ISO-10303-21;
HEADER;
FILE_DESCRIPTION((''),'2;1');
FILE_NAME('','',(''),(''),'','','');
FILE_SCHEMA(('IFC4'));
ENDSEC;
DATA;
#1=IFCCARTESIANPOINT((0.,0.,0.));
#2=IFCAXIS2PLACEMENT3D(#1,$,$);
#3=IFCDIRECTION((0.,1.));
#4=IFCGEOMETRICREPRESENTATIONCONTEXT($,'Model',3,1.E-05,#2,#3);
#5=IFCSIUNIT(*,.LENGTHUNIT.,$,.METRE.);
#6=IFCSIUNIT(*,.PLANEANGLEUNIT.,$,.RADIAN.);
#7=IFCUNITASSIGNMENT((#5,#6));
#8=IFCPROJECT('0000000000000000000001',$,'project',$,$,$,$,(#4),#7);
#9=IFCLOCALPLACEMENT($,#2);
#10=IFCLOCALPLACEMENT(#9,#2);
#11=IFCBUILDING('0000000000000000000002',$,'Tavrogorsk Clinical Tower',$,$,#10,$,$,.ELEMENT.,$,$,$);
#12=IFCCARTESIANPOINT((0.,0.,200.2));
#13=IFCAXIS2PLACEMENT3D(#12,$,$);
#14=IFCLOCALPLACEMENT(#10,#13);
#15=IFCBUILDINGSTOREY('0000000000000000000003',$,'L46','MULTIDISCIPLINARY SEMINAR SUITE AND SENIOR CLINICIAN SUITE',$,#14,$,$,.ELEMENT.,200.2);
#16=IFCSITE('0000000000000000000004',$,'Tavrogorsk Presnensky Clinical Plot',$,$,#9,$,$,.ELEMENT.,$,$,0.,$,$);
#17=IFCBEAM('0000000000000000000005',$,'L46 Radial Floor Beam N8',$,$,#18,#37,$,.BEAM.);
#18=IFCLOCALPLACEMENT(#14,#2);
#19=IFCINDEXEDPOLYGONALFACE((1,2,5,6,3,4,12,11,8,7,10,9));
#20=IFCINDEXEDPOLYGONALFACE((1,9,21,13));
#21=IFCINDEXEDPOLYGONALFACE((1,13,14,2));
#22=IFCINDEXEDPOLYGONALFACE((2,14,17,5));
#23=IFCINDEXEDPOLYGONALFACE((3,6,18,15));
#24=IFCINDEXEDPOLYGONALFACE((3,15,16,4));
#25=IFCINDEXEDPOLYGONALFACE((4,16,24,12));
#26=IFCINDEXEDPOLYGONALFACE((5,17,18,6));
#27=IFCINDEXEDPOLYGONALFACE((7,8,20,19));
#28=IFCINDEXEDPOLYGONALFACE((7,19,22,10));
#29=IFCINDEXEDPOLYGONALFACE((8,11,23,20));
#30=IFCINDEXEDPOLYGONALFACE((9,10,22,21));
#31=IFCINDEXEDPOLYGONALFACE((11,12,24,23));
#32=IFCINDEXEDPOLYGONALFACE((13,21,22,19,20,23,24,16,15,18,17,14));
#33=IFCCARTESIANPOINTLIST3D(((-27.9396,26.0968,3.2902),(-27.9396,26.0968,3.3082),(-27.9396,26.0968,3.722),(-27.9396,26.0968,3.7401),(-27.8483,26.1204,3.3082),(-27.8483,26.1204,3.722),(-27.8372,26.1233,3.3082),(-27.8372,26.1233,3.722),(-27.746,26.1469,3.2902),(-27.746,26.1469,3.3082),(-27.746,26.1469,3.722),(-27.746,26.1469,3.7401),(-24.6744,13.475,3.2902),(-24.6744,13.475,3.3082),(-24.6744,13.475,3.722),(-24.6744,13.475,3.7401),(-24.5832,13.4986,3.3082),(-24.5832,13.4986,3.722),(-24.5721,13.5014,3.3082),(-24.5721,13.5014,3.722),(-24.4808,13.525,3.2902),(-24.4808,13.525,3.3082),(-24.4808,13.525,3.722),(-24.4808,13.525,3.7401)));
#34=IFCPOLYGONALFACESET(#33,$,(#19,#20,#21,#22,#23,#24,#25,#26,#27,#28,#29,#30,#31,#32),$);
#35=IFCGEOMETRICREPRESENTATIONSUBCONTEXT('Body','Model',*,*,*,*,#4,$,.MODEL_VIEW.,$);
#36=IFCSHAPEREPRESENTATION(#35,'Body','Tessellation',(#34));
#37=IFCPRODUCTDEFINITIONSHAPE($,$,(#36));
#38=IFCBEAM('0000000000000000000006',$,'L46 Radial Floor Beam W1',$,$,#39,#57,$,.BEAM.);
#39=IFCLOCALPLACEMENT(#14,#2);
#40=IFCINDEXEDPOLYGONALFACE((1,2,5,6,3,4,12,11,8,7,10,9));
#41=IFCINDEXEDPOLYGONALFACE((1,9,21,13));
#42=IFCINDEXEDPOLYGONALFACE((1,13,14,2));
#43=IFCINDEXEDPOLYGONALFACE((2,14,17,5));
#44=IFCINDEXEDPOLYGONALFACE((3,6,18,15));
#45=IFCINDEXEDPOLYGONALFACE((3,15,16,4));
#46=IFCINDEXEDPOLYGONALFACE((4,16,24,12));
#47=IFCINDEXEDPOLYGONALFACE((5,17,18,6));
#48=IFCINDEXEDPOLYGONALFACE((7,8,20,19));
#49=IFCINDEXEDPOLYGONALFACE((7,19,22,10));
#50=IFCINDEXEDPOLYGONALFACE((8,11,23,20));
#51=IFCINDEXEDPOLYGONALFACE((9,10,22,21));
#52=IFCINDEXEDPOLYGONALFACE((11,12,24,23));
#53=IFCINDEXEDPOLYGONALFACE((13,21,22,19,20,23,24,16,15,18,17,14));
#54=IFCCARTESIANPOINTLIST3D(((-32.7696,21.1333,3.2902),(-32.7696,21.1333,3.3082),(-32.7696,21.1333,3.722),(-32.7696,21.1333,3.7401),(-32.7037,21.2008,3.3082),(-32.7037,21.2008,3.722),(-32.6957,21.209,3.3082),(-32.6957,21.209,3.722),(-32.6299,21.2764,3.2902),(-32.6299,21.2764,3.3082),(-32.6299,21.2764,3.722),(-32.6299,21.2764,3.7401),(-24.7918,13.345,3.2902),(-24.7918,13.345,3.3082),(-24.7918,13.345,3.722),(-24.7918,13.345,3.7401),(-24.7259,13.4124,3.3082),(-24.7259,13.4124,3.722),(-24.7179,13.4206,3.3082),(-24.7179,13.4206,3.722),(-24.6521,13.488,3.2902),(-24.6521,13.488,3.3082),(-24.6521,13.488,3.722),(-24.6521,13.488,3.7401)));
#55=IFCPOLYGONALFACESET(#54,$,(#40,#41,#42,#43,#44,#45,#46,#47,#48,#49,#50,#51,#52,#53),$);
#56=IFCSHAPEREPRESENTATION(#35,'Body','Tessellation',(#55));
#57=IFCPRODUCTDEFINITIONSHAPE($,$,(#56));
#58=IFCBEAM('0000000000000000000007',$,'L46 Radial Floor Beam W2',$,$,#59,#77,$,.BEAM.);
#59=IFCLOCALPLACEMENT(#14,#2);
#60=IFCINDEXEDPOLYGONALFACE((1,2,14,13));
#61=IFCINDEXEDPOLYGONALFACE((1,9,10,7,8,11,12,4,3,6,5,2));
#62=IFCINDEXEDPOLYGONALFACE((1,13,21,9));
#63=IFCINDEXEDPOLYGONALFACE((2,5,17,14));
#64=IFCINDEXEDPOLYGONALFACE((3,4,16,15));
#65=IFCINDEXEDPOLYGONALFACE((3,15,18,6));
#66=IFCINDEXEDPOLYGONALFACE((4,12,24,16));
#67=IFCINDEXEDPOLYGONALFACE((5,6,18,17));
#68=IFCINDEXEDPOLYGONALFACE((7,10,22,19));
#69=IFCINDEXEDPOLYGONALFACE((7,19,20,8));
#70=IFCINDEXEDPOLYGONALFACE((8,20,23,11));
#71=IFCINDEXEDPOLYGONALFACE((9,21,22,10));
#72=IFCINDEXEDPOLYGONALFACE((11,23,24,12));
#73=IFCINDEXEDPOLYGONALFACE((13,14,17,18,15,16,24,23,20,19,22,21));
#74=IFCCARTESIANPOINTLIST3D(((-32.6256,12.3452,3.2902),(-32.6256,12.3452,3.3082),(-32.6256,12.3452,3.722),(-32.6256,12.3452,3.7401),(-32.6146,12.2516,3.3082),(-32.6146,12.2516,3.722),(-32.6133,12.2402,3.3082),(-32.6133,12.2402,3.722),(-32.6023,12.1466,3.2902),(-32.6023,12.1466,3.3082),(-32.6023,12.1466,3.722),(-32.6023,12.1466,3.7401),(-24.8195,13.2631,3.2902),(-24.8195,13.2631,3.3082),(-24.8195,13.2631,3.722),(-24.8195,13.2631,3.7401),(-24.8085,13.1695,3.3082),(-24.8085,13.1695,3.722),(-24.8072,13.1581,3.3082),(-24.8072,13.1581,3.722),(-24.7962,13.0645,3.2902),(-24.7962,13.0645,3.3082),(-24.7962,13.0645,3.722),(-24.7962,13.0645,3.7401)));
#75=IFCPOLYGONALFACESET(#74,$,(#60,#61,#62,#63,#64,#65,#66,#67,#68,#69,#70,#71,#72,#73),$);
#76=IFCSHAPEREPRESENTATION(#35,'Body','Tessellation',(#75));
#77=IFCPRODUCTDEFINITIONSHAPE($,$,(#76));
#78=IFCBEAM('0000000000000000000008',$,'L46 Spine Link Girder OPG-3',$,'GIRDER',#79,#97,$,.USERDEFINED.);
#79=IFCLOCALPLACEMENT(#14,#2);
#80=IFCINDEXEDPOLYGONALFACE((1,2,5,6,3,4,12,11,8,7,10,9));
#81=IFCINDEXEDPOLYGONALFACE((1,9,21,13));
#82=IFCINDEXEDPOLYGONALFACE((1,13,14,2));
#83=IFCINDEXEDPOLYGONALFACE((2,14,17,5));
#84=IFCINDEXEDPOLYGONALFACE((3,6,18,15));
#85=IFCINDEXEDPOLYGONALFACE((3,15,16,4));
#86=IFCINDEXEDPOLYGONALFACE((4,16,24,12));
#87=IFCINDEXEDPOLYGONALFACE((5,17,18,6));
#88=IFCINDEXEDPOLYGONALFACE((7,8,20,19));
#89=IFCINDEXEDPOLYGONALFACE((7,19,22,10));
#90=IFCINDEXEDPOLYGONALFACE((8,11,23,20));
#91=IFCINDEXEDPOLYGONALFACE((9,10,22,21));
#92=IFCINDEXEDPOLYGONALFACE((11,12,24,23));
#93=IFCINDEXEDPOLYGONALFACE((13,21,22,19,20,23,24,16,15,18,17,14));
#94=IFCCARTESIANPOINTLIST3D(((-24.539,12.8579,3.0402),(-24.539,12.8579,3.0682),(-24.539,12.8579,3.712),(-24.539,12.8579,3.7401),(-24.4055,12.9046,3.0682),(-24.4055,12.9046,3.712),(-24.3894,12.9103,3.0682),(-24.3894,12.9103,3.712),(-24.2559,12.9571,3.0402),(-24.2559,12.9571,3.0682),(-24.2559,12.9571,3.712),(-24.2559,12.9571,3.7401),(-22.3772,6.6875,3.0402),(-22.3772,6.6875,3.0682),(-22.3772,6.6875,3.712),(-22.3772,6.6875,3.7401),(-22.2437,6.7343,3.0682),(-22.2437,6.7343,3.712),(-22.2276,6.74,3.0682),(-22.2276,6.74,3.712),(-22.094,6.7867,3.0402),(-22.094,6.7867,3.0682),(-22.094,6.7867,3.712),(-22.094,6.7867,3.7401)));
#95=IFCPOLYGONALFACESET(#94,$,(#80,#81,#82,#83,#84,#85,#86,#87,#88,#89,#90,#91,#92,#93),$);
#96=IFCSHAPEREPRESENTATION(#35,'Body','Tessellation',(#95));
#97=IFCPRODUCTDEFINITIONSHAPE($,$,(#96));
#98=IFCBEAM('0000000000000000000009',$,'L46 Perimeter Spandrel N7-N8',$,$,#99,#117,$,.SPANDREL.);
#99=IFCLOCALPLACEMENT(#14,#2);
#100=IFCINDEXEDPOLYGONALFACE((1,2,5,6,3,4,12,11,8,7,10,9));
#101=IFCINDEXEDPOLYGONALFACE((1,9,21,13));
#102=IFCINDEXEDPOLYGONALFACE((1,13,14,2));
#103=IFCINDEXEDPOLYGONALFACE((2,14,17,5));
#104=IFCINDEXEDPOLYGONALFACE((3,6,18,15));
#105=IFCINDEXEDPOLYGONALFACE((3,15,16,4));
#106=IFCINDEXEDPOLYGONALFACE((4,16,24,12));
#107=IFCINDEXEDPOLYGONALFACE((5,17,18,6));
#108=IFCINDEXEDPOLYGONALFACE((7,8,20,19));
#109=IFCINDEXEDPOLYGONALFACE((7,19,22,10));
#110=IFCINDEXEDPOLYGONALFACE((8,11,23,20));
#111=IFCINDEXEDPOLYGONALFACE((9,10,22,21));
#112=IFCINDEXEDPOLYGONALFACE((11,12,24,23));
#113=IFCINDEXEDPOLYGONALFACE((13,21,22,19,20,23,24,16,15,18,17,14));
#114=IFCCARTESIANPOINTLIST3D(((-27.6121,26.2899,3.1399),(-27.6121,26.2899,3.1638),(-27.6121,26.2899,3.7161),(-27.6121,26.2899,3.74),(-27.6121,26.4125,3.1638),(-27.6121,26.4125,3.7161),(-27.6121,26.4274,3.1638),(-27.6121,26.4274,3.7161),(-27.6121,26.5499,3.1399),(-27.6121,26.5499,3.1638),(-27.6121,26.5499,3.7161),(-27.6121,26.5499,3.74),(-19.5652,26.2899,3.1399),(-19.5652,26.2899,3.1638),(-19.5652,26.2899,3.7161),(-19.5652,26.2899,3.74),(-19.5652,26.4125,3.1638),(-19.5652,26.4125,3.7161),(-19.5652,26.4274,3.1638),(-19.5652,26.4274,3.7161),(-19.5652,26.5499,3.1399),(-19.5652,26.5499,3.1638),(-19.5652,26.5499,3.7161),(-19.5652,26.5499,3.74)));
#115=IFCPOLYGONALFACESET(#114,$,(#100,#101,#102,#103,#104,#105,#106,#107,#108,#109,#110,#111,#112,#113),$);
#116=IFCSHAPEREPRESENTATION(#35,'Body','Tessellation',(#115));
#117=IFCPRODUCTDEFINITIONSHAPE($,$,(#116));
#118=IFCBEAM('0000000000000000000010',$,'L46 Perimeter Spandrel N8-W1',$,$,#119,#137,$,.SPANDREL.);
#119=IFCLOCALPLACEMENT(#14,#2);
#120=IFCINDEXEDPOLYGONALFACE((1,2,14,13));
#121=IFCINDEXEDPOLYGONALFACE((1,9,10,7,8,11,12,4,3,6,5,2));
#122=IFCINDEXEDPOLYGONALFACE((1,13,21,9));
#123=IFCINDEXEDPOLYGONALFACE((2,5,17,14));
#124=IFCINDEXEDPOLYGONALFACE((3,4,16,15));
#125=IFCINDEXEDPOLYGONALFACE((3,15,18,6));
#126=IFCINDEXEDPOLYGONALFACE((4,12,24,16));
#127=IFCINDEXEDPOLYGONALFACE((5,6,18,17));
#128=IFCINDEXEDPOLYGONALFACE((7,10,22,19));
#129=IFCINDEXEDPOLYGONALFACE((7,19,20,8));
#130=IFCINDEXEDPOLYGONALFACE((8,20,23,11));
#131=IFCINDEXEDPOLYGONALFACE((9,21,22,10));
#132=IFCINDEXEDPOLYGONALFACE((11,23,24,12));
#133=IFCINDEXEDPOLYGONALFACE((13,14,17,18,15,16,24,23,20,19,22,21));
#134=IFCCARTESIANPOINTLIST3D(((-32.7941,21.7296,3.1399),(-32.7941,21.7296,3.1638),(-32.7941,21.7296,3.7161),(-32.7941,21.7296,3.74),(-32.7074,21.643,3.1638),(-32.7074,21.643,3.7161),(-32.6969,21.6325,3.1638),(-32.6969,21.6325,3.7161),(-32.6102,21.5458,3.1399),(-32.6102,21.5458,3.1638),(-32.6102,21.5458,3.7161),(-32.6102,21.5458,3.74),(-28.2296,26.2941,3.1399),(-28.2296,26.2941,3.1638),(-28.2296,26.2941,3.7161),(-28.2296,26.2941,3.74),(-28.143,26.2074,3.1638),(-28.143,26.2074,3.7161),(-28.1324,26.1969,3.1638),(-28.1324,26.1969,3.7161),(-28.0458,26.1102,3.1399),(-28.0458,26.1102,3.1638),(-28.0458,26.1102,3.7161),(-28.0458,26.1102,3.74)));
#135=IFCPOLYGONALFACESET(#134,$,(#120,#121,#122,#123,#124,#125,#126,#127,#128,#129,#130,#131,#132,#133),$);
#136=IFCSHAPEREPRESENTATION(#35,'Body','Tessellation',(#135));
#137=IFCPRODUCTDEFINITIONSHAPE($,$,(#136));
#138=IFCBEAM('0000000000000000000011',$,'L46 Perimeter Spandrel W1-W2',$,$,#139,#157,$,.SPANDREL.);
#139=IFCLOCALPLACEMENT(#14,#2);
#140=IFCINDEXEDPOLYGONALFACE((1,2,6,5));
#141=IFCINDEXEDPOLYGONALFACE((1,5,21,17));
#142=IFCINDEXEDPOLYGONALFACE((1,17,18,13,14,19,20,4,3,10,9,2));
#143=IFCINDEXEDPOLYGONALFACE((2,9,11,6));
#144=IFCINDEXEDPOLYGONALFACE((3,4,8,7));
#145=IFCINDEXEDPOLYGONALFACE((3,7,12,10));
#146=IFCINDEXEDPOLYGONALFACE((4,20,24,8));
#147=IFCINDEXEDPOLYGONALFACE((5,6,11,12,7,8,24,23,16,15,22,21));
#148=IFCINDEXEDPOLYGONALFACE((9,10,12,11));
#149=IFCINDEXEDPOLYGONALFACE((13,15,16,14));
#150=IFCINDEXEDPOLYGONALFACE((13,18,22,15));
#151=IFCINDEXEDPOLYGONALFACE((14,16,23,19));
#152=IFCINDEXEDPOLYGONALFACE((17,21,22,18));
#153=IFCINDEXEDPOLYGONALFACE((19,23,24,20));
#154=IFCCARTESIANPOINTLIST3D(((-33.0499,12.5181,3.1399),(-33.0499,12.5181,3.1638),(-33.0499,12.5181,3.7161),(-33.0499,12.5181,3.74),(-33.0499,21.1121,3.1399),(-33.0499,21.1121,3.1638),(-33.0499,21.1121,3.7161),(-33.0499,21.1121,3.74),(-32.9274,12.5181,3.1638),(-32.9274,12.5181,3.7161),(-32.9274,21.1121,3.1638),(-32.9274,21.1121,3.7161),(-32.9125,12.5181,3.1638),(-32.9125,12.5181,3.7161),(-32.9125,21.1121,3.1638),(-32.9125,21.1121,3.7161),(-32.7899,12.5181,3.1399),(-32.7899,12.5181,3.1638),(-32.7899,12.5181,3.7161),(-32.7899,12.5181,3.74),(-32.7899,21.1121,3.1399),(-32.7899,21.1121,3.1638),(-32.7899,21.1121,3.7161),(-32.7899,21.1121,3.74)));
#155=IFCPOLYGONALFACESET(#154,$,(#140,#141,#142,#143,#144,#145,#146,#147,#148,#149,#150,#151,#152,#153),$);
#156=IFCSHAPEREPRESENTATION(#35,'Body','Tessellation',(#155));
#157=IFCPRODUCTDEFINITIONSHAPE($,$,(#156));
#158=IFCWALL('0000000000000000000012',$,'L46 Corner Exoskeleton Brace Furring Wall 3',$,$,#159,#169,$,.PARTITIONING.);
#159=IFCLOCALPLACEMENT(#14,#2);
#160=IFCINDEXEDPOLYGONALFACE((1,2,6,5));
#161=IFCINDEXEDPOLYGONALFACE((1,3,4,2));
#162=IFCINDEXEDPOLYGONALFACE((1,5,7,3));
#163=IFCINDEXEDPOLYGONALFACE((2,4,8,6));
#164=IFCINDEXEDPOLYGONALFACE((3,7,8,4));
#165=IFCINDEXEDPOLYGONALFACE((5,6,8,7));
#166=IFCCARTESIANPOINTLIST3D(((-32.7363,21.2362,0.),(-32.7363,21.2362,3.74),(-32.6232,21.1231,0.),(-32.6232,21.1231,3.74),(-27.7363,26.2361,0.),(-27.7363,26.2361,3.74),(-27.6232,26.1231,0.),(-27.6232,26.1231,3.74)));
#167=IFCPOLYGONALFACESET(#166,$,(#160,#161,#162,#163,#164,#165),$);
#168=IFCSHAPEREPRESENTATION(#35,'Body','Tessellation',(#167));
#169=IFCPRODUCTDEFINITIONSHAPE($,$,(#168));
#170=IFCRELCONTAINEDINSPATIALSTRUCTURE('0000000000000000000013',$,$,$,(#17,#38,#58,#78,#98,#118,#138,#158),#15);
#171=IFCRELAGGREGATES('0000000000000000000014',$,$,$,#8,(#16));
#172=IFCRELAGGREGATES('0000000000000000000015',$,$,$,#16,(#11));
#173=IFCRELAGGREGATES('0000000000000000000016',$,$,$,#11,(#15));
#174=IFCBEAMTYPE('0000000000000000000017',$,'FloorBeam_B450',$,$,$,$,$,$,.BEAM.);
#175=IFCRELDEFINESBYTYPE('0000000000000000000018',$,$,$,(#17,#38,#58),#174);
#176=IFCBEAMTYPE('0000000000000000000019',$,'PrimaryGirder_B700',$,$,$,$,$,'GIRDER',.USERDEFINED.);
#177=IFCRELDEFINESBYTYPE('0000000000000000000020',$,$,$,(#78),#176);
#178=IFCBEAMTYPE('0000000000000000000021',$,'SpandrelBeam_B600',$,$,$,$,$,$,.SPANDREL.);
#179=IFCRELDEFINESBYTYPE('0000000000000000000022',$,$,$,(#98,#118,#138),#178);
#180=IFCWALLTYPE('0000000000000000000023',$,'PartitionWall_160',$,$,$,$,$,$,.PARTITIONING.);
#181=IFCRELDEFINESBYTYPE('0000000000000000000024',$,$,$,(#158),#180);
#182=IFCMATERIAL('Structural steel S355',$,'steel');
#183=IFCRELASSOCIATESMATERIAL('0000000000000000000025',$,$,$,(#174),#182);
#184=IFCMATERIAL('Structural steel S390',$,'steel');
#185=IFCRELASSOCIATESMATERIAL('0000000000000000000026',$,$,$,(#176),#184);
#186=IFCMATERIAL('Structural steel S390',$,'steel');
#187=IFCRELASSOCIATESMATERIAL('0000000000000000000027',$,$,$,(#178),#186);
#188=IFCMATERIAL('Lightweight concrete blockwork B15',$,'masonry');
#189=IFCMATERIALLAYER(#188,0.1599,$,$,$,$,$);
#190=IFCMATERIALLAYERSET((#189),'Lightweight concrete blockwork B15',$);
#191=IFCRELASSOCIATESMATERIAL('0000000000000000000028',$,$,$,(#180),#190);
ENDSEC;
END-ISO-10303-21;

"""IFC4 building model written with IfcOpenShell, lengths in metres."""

from ifc_helpers import new_model, si_unit, direction, frame, frame_2d, origin, origin_2d, place, context, subcontext, project, spatial, rectangle, i_section, extrude, material, layer, layer_set, material_profile, profile_set, type_object, element, save


model = new_model("IFC4")

# Units and contexts
model_context = context("Model", 3, precision=1e-05, world=origin(), true_north=direction((0.0, 1.0)))
body_context = subcontext(model_context, "Body", "Model", "MODEL_VIEW")
ifc_project = project(units=[si_unit("LENGTHUNIT", "METRE"), si_unit("PLANEANGLEUNIT", "RADIAN")], contexts=[model_context])

# Site, building, storey
site_placement = place(None, origin())
site = spatial("IfcSite", under=ifc_project, at=site_placement, Name="Tavrogorsk Presnensky Clinical Plot", CompositionType="ELEMENT", RefElevation=0.0)
building_placement = place(site_placement, origin())
building = spatial("IfcBuilding", under=site, at=building_placement, Name="Tavrogorsk Clinical Tower", CompositionType="ELEMENT")
storey_placement = place(building_placement, frame((0.0, 0.0, 200.2)))
storey = spatial("IfcBuildingStorey", under=building, at=storey_placement, Name="L46", Description="MULTIDISCIPLINARY SEMINAR SUITE AND SENIOR CLINICIAN SUITE", CompositionType="ELEMENT", Elevation=200.2)

# Beams
ifc_material_1 = material(Name="Structural steel S355", Category="steel")
ifc_material_profile_1 = material_profile(ifc_material_1, i_section(OverallWidth=0.2, OverallDepth=0.45, WebThickness=0.0115, FlangeThickness=0.0181, at=origin_2d()), Name="B-450x200x11.5x18")
ifc_profile_set_1 = profile_set([ifc_material_profile_1], Name="Structural steel S355")
beam_type_1 = type_object("IfcBeamType", Name="FloorBeam_B450", PredefinedType="BEAM", material=ifc_profile_set_1)
beam_1_placement = place(storey_placement, frame((-24.5776, 13.5, 3.5151), z_axis=(-0.250445, 0.968131, 0.0), x_axis=(-0.968131, -0.250445, 0.0)))
element("IfcBeam", 1, at=beam_1_placement, inside=storey, type_object=beam_type_1, Name="L46 Radial Floor Beam N8", PredefinedType="BEAM", context=body_context, shape_type="SweptSolid", body=[
    extrude(i_section(OverallWidth=0.2, OverallDepth=0.45, WebThickness=0.0115, FlangeThickness=0.0181, at=origin_2d()), origin(), (0.0, 0.0, 1.0), 13.0374),
])
beam_2_placement = place(storey_placement, frame((-24.7219, 13.4165, 3.5151), z_axis=(-0.715552, 0.698559, 0.0), x_axis=(-0.698559, -0.715552, 0.0)))
element("IfcBeam", 2, at=beam_2_placement, inside=storey, type_object=beam_type_1, Name="L46 Radial Floor Beam W1", PredefinedType="BEAM", context=body_context, shape_type="SweptSolid", body=[
    extrude(i_section(OverallWidth=0.2, OverallDepth=0.45, WebThickness=0.0115, FlangeThickness=0.0181, at=origin_2d()), origin(), (0.0, 0.0, 1.0), 11.1492),
])
beam_3_placement = place(storey_placement, frame((-24.8079, 13.1638, 3.5151), z_axis=(-0.993157, -0.116791, 0.0), x_axis=(0.116791, -0.993157, 0.0)))
element("IfcBeam", 3, at=beam_3_placement, inside=storey, type_object=beam_type_1, Name="L46 Radial Floor Beam W2", PredefinedType="BEAM", context=body_context, shape_type="SweptSolid", body=[
    extrude(i_section(OverallWidth=0.2, OverallDepth=0.45, WebThickness=0.0115, FlangeThickness=0.0181, at=origin_2d()), origin(), (0.0, 0.0, 1.0), 7.8599),
])
ifc_material_2 = material(Name="Structural steel S390", Category="steel")
ifc_material_profile_2 = material_profile(ifc_material_2, i_section(OverallWidth=0.3, OverallDepth=0.7, WebThickness=0.0171, FlangeThickness=0.0281, at=origin_2d()), Name="B-700x300x17x28")
ifc_profile_set_2 = profile_set([ifc_material_profile_2], Name="Structural steel S390")
beam_type_2 = type_object("IfcBeamType", Name="PrimaryGirder_B700", ElementType="GIRDER", PredefinedType="USERDEFINED", material=ifc_profile_set_2)
beam_4_placement = place(storey_placement, frame((-24.3975, 12.9075, 3.3901), z_axis=(0.330653, -0.943752, 0.0), x_axis=(0.943752, 0.330653, 0.0)))
element("IfcBeam", 4, at=beam_4_placement, inside=storey, type_object=beam_type_2, Name="L46 Spine Link Girder OPG-3", ObjectType="GIRDER", PredefinedType="USERDEFINED", context=body_context, shape_type="SweptSolid", body=[
    extrude(i_section(OverallWidth=0.3, OverallDepth=0.7, WebThickness=0.0171, FlangeThickness=0.0281, at=origin_2d()), origin(), (0.0, 0.0, 1.0), 6.5381),
])
ifc_material_3 = material(Name="Structural steel S390", Category="steel")
ifc_material_profile_3 = material_profile(ifc_material_3, i_section(OverallWidth=0.26, OverallDepth=0.6001, WebThickness=0.0149, FlangeThickness=0.0239, at=origin_2d()), Name="B-600x260x15x24")
ifc_profile_set_3 = profile_set([ifc_material_profile_3], Name="Structural steel S390")
beam_type_3 = type_object("IfcBeamType", Name="SpandrelBeam_B600", PredefinedType="SPANDREL", material=ifc_profile_set_3)
beam_5_placement = place(storey_placement, frame((-19.5652, 26.4199, 3.4399), z_axis=(-1.0, 0.0, 0.0), x_axis=(0.0, -1.0, 0.0)))
element("IfcBeam", 5, at=beam_5_placement, inside=storey, type_object=beam_type_3, Name="L46 Perimeter Spandrel N7-N8", PredefinedType="SPANDREL", context=body_context, shape_type="SweptSolid", body=[
    extrude(i_section(OverallWidth=0.26, OverallDepth=0.6001, WebThickness=0.0149, FlangeThickness=0.0239, at=origin_2d()), origin(), (0.0, 0.0, 1.0), 8.0469),
])
beam_6_placement = place(storey_placement, frame((-28.1377, 26.2021, 3.4399), z_axis=(-0.707107, -0.707107, 0.0), x_axis=(0.707107, -0.707107, 0.0)))
element("IfcBeam", 6, at=beam_6_placement, inside=storey, type_object=beam_type_3, Name="L46 Perimeter Spandrel N8-W1", PredefinedType="SPANDREL", context=body_context, shape_type="SweptSolid", body=[
    extrude(i_section(OverallWidth=0.26, OverallDepth=0.6001, WebThickness=0.0149, FlangeThickness=0.0239, at=origin_2d()), origin(), (0.0, 0.0, 1.0), 6.4551),
])
beam_7_placement = place(storey_placement, frame((-32.9199, 21.1121, 3.4399), z_axis=(0.0, -1.0, 0.0), x_axis=(1.0, 0.0, 0.0)))
element("IfcBeam", 7, at=beam_7_placement, inside=storey, type_object=beam_type_3, Name="L46 Perimeter Spandrel W1-W2", PredefinedType="SPANDREL", context=body_context, shape_type="SweptSolid", body=[
    extrude(i_section(OverallWidth=0.26, OverallDepth=0.6001, WebThickness=0.0149, FlangeThickness=0.0239, at=origin_2d()), origin(), (0.0, 0.0, 1.0), 8.594),
])

# Wall
ifc_material_4 = material(Name="Lightweight concrete blockwork B15", Category="masonry")
ifc_layer_1 = layer(ifc_material_4, 0.1599)
ifc_layer_set_1 = layer_set([ifc_layer_1], Name="Lightweight concrete blockwork B15")
wall_type_1 = type_object("IfcWallType", Name="PartitionWall_160", PredefinedType="PARTITIONING", material=ifc_layer_set_1)
wall_1_placement = place(storey_placement, frame((-27.6797, 26.1797, 0.0), z_axis=(0.0, 0.0, 1.0), x_axis=(-0.707107, -0.707107, 0.0)))
element("IfcWall", 8, at=wall_1_placement, inside=storey, type_object=wall_type_1, Name="L46 Corner Exoskeleton Brace Furring Wall 3", PredefinedType="PARTITIONING", context=body_context, shape_type="SweptSolid", body=[
    extrude(rectangle(XDim=7.071, YDim=0.1599, at=frame_2d((3.5356, 0.0))), origin(), (0.0, 0.0, 1.0), 3.74),
])

save(model, "model.ifc")
